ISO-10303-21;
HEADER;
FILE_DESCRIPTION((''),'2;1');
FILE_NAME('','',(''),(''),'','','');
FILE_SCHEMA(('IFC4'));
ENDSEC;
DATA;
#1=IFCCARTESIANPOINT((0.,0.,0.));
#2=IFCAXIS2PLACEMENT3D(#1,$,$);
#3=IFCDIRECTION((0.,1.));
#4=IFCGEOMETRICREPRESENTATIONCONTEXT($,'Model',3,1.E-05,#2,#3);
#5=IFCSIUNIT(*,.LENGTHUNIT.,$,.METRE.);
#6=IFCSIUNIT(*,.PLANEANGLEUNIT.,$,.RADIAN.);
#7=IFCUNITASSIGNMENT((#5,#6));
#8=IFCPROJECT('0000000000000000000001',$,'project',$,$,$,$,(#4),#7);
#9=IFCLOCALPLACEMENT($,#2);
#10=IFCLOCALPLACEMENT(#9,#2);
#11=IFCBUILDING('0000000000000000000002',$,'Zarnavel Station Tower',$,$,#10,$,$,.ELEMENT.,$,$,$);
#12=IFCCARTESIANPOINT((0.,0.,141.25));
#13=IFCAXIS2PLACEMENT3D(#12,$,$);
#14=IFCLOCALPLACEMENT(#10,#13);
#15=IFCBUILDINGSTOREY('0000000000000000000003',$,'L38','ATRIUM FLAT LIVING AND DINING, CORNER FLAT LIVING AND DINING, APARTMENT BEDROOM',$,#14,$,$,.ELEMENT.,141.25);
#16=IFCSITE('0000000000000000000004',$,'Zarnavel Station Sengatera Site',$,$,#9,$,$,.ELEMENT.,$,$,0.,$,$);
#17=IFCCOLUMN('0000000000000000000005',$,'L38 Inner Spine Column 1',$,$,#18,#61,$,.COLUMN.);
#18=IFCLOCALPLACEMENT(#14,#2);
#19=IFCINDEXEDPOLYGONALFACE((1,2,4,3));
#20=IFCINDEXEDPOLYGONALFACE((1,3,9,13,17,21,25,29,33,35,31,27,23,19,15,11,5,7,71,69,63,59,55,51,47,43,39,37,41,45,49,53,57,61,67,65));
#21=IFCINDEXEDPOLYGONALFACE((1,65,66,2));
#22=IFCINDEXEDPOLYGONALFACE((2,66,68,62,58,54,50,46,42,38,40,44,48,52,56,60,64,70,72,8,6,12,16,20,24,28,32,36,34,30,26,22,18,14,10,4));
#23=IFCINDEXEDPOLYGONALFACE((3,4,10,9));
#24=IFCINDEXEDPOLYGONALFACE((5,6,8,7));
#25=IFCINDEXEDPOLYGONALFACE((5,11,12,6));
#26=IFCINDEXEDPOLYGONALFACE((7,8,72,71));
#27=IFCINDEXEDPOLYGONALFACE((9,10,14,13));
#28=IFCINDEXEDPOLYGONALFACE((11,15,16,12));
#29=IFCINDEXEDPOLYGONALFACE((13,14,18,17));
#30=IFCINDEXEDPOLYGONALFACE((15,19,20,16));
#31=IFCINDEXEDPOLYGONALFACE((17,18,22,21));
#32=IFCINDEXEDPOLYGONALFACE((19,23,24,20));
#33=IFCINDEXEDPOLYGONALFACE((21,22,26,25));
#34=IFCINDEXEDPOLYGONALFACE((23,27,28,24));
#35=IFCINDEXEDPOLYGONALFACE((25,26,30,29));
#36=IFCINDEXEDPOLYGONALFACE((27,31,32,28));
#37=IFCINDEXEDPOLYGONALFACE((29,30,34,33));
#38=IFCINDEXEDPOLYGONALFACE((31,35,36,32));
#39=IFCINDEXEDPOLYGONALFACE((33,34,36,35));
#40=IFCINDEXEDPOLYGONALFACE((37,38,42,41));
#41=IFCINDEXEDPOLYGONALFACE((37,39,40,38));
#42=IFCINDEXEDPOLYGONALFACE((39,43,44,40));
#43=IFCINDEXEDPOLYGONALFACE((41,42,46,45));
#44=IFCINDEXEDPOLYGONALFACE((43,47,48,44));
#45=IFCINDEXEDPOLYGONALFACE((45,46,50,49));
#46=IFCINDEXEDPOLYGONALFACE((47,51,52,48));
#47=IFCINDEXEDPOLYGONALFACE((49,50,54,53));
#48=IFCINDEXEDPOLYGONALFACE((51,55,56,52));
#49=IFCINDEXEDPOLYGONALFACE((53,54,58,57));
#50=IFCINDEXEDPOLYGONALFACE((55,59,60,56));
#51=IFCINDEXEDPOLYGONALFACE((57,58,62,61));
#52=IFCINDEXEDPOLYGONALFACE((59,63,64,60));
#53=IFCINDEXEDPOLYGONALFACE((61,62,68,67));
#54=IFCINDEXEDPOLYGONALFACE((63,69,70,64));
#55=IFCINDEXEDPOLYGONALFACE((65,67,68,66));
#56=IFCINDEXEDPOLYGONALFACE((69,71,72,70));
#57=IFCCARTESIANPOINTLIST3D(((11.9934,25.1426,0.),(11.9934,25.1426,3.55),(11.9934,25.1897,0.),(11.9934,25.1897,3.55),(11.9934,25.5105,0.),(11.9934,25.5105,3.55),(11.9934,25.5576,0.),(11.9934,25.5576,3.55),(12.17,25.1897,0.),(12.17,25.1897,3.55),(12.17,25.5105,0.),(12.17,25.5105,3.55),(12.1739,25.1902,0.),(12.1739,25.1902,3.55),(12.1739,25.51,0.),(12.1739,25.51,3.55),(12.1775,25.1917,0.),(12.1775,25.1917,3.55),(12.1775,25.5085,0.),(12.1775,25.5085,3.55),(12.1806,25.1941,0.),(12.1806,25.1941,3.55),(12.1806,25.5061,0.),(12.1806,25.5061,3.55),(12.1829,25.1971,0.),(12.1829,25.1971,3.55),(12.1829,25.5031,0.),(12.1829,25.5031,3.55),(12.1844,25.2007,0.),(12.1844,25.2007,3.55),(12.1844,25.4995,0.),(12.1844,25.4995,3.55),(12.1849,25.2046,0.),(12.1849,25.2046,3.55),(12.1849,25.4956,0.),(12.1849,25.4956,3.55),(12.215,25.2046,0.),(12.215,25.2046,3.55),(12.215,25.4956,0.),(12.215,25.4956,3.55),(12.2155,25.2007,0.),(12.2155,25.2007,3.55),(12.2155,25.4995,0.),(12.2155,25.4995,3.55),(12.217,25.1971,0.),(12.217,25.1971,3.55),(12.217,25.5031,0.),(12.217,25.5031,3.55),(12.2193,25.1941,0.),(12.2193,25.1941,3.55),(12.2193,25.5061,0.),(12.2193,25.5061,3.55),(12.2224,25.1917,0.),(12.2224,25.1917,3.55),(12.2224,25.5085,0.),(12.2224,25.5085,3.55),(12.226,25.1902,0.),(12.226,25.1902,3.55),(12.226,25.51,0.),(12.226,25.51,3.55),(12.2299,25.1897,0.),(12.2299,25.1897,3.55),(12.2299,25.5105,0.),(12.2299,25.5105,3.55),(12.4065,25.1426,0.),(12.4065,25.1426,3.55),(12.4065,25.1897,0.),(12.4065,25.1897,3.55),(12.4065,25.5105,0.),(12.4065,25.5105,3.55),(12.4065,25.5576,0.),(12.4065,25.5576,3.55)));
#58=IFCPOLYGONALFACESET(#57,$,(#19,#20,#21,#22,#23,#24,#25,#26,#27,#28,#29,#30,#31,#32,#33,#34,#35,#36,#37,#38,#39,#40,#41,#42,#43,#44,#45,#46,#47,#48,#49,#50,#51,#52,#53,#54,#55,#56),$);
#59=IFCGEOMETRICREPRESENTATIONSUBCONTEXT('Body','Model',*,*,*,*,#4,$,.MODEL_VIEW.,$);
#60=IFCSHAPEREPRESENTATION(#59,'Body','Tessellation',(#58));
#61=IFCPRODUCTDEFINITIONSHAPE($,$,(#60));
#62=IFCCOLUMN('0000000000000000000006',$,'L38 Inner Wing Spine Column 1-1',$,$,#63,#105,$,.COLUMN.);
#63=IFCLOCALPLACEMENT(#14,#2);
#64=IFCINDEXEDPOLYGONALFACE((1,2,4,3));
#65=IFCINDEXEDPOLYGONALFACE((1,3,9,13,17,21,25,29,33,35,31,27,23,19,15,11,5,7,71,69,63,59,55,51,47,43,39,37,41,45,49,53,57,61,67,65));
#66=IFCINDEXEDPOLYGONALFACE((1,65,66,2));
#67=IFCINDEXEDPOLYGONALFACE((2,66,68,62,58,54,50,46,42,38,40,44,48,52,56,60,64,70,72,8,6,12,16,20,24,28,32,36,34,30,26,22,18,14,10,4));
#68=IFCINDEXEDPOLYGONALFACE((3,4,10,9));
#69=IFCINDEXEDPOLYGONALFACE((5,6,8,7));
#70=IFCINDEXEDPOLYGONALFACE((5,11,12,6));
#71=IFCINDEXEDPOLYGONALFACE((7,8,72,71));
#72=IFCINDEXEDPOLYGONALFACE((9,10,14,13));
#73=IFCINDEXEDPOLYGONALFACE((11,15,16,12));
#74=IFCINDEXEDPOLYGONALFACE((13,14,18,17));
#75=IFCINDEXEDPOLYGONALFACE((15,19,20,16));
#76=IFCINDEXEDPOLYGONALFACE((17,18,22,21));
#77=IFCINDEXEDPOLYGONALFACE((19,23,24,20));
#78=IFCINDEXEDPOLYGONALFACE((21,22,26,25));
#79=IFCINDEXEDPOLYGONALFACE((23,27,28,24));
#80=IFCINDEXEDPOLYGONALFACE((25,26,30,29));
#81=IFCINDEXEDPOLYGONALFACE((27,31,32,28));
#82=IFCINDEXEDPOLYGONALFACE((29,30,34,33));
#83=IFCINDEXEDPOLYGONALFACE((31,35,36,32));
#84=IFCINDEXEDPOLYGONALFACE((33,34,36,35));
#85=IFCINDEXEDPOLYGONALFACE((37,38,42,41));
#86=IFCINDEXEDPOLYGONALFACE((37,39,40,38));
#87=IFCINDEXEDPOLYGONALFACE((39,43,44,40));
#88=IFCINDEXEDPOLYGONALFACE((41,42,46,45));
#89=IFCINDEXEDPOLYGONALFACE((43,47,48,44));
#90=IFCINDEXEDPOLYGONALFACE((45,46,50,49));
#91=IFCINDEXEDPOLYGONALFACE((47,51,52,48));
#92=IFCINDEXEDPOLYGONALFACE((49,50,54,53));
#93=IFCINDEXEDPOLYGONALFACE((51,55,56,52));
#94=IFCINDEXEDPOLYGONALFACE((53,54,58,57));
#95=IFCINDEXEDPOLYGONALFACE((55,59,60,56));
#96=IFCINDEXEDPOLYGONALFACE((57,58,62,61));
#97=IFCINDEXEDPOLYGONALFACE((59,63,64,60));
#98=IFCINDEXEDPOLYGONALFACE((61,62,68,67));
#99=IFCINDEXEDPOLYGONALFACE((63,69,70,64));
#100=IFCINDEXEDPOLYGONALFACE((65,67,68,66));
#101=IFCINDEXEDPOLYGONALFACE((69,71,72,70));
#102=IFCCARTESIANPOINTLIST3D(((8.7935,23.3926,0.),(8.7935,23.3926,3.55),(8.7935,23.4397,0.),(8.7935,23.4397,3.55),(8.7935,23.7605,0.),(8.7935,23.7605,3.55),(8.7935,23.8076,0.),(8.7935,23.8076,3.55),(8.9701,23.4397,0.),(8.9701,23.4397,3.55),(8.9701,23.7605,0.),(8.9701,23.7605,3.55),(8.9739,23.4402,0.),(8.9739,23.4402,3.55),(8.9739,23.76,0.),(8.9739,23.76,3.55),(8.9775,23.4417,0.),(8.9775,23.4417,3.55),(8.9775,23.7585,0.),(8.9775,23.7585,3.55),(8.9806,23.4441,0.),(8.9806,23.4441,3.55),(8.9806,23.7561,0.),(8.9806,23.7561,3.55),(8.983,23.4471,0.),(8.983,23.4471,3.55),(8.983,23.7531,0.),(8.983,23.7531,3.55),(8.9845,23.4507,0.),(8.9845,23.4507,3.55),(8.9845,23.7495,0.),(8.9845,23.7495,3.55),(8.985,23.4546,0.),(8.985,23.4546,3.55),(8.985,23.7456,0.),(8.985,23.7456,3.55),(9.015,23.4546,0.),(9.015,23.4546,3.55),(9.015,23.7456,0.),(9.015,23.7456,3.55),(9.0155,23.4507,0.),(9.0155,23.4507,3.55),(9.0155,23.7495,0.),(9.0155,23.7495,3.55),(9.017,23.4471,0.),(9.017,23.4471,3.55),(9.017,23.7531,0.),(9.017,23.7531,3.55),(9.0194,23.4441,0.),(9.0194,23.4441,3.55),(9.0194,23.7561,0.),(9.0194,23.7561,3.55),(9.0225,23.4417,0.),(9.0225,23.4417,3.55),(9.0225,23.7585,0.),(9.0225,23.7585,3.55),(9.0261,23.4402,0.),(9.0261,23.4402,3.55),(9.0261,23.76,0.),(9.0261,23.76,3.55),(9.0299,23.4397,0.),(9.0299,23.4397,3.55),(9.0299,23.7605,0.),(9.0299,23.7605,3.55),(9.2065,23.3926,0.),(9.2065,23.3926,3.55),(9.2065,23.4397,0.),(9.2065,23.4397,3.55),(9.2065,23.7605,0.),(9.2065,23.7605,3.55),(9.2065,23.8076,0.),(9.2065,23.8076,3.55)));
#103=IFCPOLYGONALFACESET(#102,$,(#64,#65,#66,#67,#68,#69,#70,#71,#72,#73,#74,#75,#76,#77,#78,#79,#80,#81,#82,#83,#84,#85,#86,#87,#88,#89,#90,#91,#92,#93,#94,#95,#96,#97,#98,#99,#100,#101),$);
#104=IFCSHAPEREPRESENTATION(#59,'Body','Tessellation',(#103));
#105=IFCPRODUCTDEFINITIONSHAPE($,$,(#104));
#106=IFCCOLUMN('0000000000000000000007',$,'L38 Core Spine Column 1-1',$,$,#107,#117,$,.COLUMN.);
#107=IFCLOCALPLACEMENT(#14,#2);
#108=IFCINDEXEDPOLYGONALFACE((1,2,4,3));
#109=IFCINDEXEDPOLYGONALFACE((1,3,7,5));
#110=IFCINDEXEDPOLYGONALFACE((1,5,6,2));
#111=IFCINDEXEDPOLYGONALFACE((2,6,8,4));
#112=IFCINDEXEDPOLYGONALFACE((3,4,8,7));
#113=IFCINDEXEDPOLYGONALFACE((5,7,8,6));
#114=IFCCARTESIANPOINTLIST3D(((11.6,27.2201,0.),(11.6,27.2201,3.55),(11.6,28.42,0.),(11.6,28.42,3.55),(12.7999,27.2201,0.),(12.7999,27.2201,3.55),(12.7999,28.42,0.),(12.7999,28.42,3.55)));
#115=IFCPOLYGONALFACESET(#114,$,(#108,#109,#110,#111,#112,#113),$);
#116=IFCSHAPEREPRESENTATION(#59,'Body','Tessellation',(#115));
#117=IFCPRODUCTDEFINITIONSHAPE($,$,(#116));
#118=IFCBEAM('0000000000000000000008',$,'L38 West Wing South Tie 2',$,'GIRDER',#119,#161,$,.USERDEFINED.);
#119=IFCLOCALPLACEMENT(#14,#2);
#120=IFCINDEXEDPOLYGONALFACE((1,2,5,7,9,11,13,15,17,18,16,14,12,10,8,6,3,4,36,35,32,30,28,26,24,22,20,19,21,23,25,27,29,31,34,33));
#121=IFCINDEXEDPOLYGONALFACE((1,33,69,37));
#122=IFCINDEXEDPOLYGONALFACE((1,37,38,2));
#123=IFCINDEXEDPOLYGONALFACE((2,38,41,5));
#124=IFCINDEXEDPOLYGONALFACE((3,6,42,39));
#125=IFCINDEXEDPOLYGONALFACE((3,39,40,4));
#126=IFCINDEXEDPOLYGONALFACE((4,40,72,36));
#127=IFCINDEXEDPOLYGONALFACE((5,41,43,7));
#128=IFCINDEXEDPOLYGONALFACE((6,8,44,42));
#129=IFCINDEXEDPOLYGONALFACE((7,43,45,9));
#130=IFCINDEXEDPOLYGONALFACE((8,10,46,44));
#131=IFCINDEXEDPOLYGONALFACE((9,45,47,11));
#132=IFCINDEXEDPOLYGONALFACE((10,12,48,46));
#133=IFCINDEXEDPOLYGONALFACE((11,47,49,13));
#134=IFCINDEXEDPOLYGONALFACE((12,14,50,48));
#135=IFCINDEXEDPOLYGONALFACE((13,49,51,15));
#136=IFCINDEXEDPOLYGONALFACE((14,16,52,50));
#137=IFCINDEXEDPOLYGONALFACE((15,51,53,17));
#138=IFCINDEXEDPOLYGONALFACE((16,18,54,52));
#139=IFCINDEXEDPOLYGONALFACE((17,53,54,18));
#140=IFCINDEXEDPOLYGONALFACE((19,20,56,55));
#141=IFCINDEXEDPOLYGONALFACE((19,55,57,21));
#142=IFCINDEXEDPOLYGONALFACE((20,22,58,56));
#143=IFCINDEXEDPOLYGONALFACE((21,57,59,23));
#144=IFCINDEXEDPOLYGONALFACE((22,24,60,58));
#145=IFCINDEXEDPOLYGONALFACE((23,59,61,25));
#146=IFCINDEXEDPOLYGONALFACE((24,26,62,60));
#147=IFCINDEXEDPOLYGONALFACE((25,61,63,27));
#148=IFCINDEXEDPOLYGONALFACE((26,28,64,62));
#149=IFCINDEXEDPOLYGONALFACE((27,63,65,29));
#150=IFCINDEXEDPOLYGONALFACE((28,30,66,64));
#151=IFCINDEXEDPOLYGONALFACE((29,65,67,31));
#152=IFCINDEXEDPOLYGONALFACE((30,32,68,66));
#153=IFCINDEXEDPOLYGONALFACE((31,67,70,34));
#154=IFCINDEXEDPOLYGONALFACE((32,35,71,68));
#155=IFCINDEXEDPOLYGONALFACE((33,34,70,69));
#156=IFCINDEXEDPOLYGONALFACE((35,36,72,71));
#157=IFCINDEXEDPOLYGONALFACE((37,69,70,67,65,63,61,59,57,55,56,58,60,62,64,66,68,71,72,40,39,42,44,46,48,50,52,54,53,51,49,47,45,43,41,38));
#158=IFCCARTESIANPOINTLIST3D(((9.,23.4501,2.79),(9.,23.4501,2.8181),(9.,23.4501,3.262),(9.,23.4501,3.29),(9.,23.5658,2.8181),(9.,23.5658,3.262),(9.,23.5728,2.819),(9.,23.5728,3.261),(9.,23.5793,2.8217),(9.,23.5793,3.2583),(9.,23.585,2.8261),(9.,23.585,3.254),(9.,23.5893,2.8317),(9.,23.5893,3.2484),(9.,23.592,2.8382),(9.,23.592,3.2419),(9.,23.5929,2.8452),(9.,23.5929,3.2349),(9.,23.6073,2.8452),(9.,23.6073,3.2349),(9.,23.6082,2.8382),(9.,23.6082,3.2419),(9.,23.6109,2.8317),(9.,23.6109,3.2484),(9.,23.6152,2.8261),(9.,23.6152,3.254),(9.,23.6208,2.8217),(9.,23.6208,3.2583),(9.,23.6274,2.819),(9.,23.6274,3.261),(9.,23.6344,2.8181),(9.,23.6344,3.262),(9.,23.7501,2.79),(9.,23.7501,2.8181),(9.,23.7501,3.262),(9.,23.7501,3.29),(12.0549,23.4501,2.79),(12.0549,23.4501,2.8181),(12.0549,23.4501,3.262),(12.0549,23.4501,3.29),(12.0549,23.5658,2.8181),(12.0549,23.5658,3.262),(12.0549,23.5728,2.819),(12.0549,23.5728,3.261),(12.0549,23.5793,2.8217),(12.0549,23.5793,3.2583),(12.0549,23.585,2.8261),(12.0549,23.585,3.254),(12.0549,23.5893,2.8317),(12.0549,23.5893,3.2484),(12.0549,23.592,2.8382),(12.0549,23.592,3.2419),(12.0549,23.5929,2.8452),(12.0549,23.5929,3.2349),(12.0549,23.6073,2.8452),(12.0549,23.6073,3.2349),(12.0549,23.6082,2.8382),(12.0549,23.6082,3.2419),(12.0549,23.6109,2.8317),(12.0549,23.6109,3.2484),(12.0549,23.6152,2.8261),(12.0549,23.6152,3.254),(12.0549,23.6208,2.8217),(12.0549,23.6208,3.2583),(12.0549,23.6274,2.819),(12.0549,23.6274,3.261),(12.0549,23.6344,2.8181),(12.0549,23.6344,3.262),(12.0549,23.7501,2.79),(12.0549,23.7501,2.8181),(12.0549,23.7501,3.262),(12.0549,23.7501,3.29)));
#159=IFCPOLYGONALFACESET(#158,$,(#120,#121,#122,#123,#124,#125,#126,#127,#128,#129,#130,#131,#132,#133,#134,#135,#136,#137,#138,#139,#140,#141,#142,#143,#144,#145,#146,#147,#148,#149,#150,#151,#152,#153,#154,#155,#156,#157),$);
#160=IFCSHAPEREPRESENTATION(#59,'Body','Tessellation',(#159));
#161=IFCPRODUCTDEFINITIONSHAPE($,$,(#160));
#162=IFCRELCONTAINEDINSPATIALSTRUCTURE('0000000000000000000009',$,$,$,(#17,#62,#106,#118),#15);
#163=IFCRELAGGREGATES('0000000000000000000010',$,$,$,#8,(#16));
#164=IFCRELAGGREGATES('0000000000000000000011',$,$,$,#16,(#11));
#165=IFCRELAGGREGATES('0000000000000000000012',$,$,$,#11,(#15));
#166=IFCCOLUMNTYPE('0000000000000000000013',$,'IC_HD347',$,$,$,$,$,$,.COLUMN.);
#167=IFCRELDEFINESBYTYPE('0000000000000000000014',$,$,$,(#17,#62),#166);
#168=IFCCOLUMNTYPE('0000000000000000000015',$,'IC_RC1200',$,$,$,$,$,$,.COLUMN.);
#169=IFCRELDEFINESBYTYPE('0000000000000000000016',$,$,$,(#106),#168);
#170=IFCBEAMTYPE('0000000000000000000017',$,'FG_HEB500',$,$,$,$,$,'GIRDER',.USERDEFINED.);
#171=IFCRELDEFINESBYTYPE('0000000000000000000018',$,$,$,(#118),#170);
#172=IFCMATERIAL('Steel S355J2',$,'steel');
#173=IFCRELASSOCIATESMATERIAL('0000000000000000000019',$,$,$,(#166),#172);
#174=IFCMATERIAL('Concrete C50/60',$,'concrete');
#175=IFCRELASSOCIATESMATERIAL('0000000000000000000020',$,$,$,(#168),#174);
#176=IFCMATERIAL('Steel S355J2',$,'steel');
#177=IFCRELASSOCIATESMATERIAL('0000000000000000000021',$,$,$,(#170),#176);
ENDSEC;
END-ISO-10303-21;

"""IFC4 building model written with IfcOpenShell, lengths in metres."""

from ifc_helpers import new_model, si_unit, direction, frame, origin, origin_2d, place, context, subcontext, project, spatial, rectangle, i_section, extrude, material, material_profile, profile_set, type_object, element, save


model = new_model("IFC4")

# Units and contexts
model_context = context("Model", 3, precision=1e-05, world=origin(), true_north=direction((0.0, 1.0)))
body_context = subcontext(model_context, "Body", "Model", "MODEL_VIEW")
ifc_project = project(units=[si_unit("LENGTHUNIT", "METRE"), si_unit("PLANEANGLEUNIT", "RADIAN")], contexts=[model_context])

# Site, building, storey
site_placement = place(None, origin())
site = spatial("IfcSite", under=ifc_project, at=site_placement, Name="Zarnavel Station Sengatera Site", CompositionType="ELEMENT", RefElevation=0.0)
building_placement = place(site_placement, origin())
building = spatial("IfcBuilding", under=site, at=building_placement, Name="Zarnavel Station Tower", CompositionType="ELEMENT")
storey_placement = place(building_placement, frame((0.0, 0.0, 141.25)))
storey = spatial("IfcBuildingStorey", under=building, at=storey_placement, Name="L38", Description="ATRIUM FLAT LIVING AND DINING, CORNER FLAT LIVING AND DINING, APARTMENT BEDROOM", CompositionType="ELEMENT", Elevation=141.25)

# Columns
ifc_material_1 = material(Name="Steel S355J2", Category="steel")
ifc_material_profile_1 = material_profile(ifc_material_1, i_section(OverallWidth=0.4131, OverallDepth=0.415, WebThickness=0.03, FlangeThickness=0.0471, FilletRadius=0.0149, at=origin_2d()), Name="HD400x347")
ifc_profile_set_1 = profile_set([ifc_material_profile_1], Name="Steel S355J2")
column_type_1 = type_object("IfcColumnType", Name="IC_HD347", PredefinedType="COLUMN", material=ifc_profile_set_1)
for number, where, z_axis, x_axis, name in (
    (1, (12.2, 25.3501, 0.0), (0.0, 0.0, 1.0), (1.0, 0.0, 0.0), "L38 Inner Spine Column 1"),
    (2, (9.0, 23.6001, 0.0), (0.0, 0.0, 1.0), (1.0, 0.0, 0.0), "L38 Inner Wing Spine Column 1-1"),
):
    element("IfcColumn", number, at=place(storey_placement, frame(where, z_axis=z_axis, x_axis=x_axis)), inside=storey, type_object=column_type_1, Name=name, PredefinedType="COLUMN", context=body_context, shape_type="SweptSolid", body=[
        extrude(i_section(OverallWidth=0.4131, OverallDepth=0.415, WebThickness=0.03, FlangeThickness=0.0471, FilletRadius=0.0149, at=origin_2d()), origin(), (0.0, 0.0, 1.0), 3.55),
    ])
ifc_material_2 = material(Name="Concrete C50/60", Category="concrete")
ifc_material_profile_2 = material_profile(ifc_material_2, rectangle(XDim=1.2, YDim=1.2, at=origin_2d()), Name="RC1200x1200")
ifc_profile_set_2 = profile_set([ifc_material_profile_2], Name="Concrete C50/60")
column_type_2 = type_object("IfcColumnType", Name="IC_RC1200", PredefinedType="COLUMN", material=ifc_profile_set_2)
column_placement = place(storey_placement, frame((12.2, 27.8201, 0.0), z_axis=(0.0, 0.0, 1.0), x_axis=(1.0, 0.0, 0.0)))
element("IfcColumn", 3, at=column_placement, inside=storey, type_object=column_type_2, Name="L38 Core Spine Column 1-1", PredefinedType="COLUMN", context=body_context, shape_type="SweptSolid", body=[
    extrude(rectangle(XDim=1.2, YDim=1.2, at=origin_2d()), origin(), (0.0, 0.0, 1.0), 3.55),
])

# Beam
ifc_material_3 = material(Name="Steel S355J2", Category="steel")
ifc_material_profile_3 = material_profile(ifc_material_3, i_section(OverallWidth=0.3, OverallDepth=0.5, WebThickness=0.0144, FlangeThickness=0.0281, FilletRadius=0.0271, at=origin_2d()), Name="HEB500")
ifc_profile_set_3 = profile_set([ifc_material_profile_3], Name="Steel S355J2")
beam_type_1 = type_object("IfcBeamType", Name="FG_HEB500", ElementType="GIRDER", PredefinedType="USERDEFINED", material=ifc_profile_set_3)
beam_1_placement = place(storey_placement, frame((9.0, 23.6001, 3.04), z_axis=(1.0, 0.0, 0.0), x_axis=(0.0, 1.0, 0.0)))
element("IfcBeam", 4, at=beam_1_placement, inside=storey, type_object=beam_type_1, Name="L38 West Wing South Tie 2", ObjectType="GIRDER", PredefinedType="USERDEFINED", context=body_context, shape_type="SweptSolid", body=[
    extrude(i_section(OverallWidth=0.3, OverallDepth=0.5, WebThickness=0.0144, FlangeThickness=0.0281, FilletRadius=0.0271, at=origin_2d()), origin(), (0.0, 0.0, 1.0), 3.0549),
])

save(model, "model.ifc")
